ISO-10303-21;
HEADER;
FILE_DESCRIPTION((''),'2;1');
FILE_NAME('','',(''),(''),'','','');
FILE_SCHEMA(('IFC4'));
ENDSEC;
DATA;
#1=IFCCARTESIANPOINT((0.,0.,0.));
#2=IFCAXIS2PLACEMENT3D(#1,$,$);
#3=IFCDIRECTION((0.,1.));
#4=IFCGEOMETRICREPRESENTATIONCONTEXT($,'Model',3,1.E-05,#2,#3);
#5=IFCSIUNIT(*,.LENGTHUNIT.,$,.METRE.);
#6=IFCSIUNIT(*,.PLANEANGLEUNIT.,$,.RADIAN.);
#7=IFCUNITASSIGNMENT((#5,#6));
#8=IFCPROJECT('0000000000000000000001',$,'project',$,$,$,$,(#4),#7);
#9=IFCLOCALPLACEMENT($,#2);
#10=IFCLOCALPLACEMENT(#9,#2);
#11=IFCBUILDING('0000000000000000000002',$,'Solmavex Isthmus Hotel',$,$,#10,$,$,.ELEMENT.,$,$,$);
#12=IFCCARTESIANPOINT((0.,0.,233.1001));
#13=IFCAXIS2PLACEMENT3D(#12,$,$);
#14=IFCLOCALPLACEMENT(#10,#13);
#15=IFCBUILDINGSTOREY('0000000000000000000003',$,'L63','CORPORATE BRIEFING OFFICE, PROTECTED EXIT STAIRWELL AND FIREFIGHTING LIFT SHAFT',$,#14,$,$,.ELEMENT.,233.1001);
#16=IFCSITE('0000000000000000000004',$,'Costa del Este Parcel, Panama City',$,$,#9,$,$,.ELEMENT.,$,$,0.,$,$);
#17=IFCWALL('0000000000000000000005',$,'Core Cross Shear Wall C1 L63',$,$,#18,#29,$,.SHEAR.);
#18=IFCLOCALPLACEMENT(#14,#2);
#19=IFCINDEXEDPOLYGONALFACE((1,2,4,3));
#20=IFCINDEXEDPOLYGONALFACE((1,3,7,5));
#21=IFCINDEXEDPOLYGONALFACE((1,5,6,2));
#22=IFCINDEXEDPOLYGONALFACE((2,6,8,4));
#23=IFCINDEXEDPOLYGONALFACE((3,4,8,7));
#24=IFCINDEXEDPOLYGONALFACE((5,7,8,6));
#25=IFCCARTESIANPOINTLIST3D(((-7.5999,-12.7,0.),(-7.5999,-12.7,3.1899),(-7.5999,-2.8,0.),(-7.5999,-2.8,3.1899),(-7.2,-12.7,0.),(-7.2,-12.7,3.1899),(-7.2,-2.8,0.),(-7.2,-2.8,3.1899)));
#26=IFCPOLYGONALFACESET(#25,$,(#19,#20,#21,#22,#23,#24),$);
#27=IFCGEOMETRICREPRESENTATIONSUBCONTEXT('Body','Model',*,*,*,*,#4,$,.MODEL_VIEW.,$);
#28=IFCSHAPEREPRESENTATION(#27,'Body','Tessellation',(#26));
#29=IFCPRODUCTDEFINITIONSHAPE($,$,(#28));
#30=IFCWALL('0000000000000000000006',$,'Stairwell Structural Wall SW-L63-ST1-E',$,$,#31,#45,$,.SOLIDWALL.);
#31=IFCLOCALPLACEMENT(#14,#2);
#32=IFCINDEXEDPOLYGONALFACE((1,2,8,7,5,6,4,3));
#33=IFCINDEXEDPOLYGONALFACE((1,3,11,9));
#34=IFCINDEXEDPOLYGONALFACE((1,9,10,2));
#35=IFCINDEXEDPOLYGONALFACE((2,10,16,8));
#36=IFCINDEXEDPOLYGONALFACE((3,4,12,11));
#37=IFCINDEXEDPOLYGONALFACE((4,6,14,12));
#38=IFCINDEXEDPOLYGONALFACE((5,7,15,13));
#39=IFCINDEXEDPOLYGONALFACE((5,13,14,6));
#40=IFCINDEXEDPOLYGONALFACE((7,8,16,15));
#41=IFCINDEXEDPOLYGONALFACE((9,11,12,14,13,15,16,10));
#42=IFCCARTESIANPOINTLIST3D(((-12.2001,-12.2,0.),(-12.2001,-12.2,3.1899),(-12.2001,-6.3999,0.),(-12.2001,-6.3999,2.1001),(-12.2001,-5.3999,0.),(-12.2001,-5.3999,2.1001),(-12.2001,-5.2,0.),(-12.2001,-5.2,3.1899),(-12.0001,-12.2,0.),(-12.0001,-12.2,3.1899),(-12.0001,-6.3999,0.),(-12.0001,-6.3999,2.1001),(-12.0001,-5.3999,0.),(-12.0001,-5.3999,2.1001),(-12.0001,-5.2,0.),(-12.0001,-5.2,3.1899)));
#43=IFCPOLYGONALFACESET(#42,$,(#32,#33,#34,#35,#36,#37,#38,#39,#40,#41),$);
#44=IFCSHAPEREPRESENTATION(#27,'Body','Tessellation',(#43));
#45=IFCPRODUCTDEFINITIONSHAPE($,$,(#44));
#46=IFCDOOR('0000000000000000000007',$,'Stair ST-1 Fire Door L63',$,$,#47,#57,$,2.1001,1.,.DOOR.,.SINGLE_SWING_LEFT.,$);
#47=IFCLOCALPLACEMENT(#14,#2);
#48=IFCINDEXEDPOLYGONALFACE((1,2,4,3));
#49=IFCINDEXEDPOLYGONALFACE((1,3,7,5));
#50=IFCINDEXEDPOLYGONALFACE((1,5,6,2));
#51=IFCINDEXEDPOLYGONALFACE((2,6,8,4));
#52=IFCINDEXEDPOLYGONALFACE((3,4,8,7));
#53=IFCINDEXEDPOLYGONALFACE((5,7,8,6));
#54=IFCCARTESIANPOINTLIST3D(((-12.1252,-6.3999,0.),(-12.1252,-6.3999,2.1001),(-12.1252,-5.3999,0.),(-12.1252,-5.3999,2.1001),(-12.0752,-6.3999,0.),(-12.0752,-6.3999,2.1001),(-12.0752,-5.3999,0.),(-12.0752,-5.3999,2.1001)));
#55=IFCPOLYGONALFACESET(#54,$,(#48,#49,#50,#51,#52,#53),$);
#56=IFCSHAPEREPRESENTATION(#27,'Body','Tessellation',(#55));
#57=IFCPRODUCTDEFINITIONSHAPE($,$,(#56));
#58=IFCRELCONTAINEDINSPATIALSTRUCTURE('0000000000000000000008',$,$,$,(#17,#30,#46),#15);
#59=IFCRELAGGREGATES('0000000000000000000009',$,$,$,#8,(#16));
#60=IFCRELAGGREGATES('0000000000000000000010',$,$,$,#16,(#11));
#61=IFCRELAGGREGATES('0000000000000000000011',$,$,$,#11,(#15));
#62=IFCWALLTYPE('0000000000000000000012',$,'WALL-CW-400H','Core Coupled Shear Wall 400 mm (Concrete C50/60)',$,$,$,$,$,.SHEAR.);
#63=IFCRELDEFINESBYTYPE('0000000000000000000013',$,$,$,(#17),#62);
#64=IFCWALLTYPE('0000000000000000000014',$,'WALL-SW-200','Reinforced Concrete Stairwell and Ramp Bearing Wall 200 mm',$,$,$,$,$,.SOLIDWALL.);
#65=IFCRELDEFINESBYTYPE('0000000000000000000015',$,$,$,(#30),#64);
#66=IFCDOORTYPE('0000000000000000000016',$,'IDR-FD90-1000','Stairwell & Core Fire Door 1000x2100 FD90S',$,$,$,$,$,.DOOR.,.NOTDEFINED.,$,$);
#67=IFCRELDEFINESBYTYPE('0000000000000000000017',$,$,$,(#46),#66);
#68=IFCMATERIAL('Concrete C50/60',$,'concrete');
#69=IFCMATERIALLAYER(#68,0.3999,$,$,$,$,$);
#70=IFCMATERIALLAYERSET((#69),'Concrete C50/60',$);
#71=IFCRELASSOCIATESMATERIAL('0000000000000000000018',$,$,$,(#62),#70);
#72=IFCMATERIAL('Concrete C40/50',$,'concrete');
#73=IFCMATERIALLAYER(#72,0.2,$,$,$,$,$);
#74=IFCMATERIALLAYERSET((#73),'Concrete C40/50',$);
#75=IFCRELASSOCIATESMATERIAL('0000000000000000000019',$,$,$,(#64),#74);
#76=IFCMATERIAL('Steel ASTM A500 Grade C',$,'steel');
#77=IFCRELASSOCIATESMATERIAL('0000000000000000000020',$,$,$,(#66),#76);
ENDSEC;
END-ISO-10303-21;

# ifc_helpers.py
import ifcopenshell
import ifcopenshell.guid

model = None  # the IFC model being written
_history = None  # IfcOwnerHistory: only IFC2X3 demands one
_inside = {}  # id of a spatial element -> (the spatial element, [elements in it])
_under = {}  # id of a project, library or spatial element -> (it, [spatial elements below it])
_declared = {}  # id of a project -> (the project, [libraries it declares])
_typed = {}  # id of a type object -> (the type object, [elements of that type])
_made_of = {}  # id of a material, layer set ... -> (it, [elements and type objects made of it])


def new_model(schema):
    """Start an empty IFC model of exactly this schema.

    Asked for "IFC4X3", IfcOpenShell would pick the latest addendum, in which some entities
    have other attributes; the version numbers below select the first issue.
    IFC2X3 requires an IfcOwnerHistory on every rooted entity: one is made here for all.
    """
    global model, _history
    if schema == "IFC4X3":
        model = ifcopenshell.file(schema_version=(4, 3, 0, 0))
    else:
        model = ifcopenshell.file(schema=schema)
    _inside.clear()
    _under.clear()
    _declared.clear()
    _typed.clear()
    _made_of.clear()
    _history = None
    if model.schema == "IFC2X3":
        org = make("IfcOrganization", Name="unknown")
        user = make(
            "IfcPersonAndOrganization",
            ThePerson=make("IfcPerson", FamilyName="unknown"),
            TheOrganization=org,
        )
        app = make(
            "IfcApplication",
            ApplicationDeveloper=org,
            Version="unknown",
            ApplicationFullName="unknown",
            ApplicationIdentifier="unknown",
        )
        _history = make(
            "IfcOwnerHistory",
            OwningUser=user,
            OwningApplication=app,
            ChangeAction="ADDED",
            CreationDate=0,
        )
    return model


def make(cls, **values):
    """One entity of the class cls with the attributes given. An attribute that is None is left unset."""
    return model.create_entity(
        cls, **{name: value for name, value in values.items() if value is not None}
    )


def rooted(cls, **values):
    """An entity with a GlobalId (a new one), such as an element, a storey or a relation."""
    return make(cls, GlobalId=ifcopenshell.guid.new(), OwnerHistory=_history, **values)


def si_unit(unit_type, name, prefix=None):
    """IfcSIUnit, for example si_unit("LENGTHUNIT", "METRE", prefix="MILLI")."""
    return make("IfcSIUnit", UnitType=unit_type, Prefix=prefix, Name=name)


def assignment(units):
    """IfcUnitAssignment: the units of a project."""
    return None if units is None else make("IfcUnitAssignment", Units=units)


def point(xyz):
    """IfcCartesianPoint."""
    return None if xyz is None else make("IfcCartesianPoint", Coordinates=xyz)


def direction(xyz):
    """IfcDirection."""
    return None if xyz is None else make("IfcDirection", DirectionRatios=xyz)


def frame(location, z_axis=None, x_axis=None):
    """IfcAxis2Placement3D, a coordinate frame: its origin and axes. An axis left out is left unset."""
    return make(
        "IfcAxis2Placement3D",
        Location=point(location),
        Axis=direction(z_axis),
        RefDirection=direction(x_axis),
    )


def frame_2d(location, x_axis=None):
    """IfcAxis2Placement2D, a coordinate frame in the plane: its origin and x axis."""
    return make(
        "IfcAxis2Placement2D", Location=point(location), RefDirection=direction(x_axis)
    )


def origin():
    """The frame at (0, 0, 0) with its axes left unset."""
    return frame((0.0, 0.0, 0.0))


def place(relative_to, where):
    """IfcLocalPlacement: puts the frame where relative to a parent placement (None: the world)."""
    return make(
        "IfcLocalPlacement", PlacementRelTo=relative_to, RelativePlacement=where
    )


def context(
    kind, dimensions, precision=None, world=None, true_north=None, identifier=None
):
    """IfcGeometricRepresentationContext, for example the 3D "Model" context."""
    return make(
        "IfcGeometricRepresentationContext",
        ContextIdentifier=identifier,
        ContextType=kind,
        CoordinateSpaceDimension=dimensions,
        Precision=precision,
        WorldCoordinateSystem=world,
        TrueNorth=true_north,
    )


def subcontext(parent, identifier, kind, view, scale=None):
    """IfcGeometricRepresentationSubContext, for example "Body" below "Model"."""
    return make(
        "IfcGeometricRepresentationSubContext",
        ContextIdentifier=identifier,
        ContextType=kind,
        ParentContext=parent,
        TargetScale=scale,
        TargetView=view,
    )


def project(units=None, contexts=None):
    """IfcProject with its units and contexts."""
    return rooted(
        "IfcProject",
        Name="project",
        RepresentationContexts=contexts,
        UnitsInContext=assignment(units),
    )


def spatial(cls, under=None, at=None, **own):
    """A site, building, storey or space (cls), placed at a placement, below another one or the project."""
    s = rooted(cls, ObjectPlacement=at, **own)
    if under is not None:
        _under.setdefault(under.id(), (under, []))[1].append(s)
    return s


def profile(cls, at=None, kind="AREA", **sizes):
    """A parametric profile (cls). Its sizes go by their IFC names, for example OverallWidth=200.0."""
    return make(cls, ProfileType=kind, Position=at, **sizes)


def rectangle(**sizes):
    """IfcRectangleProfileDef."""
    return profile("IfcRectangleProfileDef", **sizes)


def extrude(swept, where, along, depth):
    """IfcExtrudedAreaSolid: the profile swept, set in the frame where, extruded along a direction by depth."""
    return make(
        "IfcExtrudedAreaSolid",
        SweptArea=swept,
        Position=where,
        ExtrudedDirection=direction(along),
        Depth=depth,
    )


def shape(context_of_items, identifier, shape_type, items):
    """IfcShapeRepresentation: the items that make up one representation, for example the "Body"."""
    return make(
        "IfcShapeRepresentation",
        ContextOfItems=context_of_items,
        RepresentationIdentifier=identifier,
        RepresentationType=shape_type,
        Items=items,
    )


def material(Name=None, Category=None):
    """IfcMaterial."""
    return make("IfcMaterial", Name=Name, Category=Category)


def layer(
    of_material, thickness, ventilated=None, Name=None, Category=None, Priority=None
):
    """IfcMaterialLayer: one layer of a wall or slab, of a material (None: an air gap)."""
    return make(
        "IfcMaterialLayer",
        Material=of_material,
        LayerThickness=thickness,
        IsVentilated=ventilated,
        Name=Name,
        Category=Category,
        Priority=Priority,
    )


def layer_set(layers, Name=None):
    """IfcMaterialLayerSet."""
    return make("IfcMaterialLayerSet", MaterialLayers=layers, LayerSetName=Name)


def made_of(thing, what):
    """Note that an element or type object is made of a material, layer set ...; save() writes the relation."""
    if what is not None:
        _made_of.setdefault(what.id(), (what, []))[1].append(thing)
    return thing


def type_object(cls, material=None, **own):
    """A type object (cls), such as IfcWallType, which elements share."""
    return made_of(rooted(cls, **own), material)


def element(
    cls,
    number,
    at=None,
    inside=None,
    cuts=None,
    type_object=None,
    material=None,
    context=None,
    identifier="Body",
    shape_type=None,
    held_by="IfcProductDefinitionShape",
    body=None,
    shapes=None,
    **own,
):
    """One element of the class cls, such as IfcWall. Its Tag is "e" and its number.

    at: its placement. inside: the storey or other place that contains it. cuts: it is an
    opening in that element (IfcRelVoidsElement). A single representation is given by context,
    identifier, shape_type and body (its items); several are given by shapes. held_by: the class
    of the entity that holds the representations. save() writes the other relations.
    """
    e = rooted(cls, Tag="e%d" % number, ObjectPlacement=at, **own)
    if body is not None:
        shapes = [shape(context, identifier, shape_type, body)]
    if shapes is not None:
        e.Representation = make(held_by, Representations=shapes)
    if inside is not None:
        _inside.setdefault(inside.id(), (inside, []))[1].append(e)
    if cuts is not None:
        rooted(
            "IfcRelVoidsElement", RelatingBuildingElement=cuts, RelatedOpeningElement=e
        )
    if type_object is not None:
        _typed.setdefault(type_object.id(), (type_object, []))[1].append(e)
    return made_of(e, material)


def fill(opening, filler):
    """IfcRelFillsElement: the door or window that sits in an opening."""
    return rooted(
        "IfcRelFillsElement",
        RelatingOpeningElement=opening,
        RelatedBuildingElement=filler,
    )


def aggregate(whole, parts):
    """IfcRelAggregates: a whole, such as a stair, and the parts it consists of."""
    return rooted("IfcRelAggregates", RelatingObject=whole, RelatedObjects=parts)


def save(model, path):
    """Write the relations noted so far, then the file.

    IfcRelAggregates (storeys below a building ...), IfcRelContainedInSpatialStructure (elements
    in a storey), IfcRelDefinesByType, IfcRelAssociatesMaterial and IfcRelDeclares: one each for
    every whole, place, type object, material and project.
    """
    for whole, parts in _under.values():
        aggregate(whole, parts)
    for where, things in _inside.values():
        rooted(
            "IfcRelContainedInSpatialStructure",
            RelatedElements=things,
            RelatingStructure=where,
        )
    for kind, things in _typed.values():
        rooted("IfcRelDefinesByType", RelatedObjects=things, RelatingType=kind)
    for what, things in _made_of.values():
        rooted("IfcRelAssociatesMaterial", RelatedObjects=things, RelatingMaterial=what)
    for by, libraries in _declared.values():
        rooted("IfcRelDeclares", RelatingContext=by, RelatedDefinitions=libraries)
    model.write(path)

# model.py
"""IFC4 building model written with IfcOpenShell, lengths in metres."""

from ifc_helpers import new_model, si_unit, direction, frame, frame_2d, origin, place, context, subcontext, project, spatial, rectangle, extrude, material, layer, layer_set, type_object, element, fill, save


model = new_model("IFC4")

# Units and contexts
model_context = context("Model", 3, precision=1e-05, world=origin(), true_north=direction((0.0, 1.0)))
body_context = subcontext(model_context, "Body", "Model", "MODEL_VIEW")
ifc_project = project(units=[si_unit("LENGTHUNIT", "METRE"), si_unit("PLANEANGLEUNIT", "RADIAN")], contexts=[model_context])

# Site, building, storey
site_placement = place(None, origin())
site = spatial("IfcSite", under=ifc_project, at=site_placement, Name="Costa del Este Parcel, Panama City", CompositionType="ELEMENT", RefElevation=0.0)
building_placement = place(site_placement, origin())
building = spatial("IfcBuilding", under=site, at=building_placement, Name="Solmavex Isthmus Hotel", CompositionType="ELEMENT")
storey_placement = place(building_placement, frame((0.0, 0.0, 233.1001)))
storey = spatial("IfcBuildingStorey", under=building, at=storey_placement, Name="L63", Description="CORPORATE BRIEFING OFFICE, PROTECTED EXIT STAIRWELL AND FIREFIGHTING LIFT SHAFT", CompositionType="ELEMENT", Elevation=233.1001)

# Shared definitions
ifc_material_1 = material(Name="Concrete C50/60", Category="concrete")

# Wall
ifc_material_2 = material(Name="Concrete C40/50", Category="concrete")
ifc_layer_1 = layer(ifc_material_1, 0.3999)
ifc_layer_set_1 = layer_set([ifc_layer_1], Name="Concrete C50/60")
wall_type_1 = type_object("IfcWallType", Name="WALL-CW-400H", Description="Core Coupled Shear Wall 400 mm (Concrete C50/60)", PredefinedType="SHEAR", material=ifc_layer_set_1)
wall_1_placement = place(storey_placement, frame((-7.3999, -12.7, 0.0), z_axis=(0.0, 0.0, 1.0), x_axis=(0.0, 1.0, 0.0)))
element("IfcWall", 1, at=wall_1_placement, inside=storey, type_object=wall_type_1, Name="Core Cross Shear Wall C1 L63", PredefinedType="SHEAR", context=body_context, shape_type="SweptSolid", body=[
    extrude(rectangle(XDim=9.8999, YDim=0.3999, at=frame_2d((4.95, 0.0))), origin(), (0.0, 0.0, 1.0), 3.1899),
])

# Wall, opening, door
ifc_layer_2 = layer(ifc_material_2, 0.2)
ifc_layer_set_2 = layer_set([ifc_layer_2], Name="Concrete C40/50")
wall_type_2 = type_object("IfcWallType", Name="WALL-SW-200", Description="Reinforced Concrete Stairwell and Ramp Bearing Wall 200 mm", PredefinedType="SOLIDWALL", material=ifc_layer_set_2)
wall_2_placement = place(storey_placement, frame((-12.1001, -12.2, 0.0), z_axis=(0.0, 0.0, 1.0), x_axis=(0.0, 1.0, 0.0)))
wall_2 = element("IfcWall", 2, at=wall_2_placement, inside=storey, type_object=wall_type_2, Name="Stairwell Structural Wall SW-L63-ST1-E", PredefinedType="SOLIDWALL", context=body_context, shape_type="SweptSolid", body=[
    extrude(rectangle(XDim=7.0, YDim=0.2, at=frame_2d((3.5, 0.0))), origin(), (0.0, 0.0, 1.0), 3.1899),
])
opening_placement = place(wall_2_placement, frame((5.8, 0.0, 0.0)))
opening = element("IfcOpeningElement", 3, at=opening_placement, cuts=wall_2, PredefinedType="OPENING", context=body_context, shape_type="SweptSolid", body=[
    extrude(rectangle(XDim=1.0, YDim=2.1001, at=frame_2d((0.5, 1.05))), frame((0.0, 0.1099, 0.0), z_axis=(0.0, -1.0, 0.0), x_axis=(1.0, 0.0, 0.0)), (0.0, 0.0, 1.0), 0.22),
])
ifc_material_3 = material(Name="Steel ASTM A500 Grade C", Category="steel")
door_type = type_object("IfcDoorType", Name="IDR-FD90-1000", Description="Stairwell & Core Fire Door 1000x2100 FD90S", OperationType="NOTDEFINED", PredefinedType="DOOR", material=ifc_material_3)
door_placement = place(opening_placement, frame((1.0, 0.0, 0.0), z_axis=(0.0, 0.0, 1.0), x_axis=(-1.0, 0.0, 0.0)))
door = element("IfcDoor", 4, at=door_placement, inside=storey, type_object=door_type, Name="Stair ST-1 Fire Door L63", OperationType="SINGLE_SWING_LEFT", OverallHeight=2.1001, OverallWidth=1.0, PredefinedType="DOOR", context=body_context, shape_type="SweptSolid", body=[
    extrude(rectangle(XDim=1.0, YDim=2.1001, at=frame_2d((0.5, 1.05))), frame((0.0, 0.0249, 0.0), z_axis=(0.0, -1.0, 0.0), x_axis=(1.0, 0.0, 0.0)), (0.0, 0.0, 1.0), 0.05),
])
fill(opening, door)

save(model, "model.ifc")
